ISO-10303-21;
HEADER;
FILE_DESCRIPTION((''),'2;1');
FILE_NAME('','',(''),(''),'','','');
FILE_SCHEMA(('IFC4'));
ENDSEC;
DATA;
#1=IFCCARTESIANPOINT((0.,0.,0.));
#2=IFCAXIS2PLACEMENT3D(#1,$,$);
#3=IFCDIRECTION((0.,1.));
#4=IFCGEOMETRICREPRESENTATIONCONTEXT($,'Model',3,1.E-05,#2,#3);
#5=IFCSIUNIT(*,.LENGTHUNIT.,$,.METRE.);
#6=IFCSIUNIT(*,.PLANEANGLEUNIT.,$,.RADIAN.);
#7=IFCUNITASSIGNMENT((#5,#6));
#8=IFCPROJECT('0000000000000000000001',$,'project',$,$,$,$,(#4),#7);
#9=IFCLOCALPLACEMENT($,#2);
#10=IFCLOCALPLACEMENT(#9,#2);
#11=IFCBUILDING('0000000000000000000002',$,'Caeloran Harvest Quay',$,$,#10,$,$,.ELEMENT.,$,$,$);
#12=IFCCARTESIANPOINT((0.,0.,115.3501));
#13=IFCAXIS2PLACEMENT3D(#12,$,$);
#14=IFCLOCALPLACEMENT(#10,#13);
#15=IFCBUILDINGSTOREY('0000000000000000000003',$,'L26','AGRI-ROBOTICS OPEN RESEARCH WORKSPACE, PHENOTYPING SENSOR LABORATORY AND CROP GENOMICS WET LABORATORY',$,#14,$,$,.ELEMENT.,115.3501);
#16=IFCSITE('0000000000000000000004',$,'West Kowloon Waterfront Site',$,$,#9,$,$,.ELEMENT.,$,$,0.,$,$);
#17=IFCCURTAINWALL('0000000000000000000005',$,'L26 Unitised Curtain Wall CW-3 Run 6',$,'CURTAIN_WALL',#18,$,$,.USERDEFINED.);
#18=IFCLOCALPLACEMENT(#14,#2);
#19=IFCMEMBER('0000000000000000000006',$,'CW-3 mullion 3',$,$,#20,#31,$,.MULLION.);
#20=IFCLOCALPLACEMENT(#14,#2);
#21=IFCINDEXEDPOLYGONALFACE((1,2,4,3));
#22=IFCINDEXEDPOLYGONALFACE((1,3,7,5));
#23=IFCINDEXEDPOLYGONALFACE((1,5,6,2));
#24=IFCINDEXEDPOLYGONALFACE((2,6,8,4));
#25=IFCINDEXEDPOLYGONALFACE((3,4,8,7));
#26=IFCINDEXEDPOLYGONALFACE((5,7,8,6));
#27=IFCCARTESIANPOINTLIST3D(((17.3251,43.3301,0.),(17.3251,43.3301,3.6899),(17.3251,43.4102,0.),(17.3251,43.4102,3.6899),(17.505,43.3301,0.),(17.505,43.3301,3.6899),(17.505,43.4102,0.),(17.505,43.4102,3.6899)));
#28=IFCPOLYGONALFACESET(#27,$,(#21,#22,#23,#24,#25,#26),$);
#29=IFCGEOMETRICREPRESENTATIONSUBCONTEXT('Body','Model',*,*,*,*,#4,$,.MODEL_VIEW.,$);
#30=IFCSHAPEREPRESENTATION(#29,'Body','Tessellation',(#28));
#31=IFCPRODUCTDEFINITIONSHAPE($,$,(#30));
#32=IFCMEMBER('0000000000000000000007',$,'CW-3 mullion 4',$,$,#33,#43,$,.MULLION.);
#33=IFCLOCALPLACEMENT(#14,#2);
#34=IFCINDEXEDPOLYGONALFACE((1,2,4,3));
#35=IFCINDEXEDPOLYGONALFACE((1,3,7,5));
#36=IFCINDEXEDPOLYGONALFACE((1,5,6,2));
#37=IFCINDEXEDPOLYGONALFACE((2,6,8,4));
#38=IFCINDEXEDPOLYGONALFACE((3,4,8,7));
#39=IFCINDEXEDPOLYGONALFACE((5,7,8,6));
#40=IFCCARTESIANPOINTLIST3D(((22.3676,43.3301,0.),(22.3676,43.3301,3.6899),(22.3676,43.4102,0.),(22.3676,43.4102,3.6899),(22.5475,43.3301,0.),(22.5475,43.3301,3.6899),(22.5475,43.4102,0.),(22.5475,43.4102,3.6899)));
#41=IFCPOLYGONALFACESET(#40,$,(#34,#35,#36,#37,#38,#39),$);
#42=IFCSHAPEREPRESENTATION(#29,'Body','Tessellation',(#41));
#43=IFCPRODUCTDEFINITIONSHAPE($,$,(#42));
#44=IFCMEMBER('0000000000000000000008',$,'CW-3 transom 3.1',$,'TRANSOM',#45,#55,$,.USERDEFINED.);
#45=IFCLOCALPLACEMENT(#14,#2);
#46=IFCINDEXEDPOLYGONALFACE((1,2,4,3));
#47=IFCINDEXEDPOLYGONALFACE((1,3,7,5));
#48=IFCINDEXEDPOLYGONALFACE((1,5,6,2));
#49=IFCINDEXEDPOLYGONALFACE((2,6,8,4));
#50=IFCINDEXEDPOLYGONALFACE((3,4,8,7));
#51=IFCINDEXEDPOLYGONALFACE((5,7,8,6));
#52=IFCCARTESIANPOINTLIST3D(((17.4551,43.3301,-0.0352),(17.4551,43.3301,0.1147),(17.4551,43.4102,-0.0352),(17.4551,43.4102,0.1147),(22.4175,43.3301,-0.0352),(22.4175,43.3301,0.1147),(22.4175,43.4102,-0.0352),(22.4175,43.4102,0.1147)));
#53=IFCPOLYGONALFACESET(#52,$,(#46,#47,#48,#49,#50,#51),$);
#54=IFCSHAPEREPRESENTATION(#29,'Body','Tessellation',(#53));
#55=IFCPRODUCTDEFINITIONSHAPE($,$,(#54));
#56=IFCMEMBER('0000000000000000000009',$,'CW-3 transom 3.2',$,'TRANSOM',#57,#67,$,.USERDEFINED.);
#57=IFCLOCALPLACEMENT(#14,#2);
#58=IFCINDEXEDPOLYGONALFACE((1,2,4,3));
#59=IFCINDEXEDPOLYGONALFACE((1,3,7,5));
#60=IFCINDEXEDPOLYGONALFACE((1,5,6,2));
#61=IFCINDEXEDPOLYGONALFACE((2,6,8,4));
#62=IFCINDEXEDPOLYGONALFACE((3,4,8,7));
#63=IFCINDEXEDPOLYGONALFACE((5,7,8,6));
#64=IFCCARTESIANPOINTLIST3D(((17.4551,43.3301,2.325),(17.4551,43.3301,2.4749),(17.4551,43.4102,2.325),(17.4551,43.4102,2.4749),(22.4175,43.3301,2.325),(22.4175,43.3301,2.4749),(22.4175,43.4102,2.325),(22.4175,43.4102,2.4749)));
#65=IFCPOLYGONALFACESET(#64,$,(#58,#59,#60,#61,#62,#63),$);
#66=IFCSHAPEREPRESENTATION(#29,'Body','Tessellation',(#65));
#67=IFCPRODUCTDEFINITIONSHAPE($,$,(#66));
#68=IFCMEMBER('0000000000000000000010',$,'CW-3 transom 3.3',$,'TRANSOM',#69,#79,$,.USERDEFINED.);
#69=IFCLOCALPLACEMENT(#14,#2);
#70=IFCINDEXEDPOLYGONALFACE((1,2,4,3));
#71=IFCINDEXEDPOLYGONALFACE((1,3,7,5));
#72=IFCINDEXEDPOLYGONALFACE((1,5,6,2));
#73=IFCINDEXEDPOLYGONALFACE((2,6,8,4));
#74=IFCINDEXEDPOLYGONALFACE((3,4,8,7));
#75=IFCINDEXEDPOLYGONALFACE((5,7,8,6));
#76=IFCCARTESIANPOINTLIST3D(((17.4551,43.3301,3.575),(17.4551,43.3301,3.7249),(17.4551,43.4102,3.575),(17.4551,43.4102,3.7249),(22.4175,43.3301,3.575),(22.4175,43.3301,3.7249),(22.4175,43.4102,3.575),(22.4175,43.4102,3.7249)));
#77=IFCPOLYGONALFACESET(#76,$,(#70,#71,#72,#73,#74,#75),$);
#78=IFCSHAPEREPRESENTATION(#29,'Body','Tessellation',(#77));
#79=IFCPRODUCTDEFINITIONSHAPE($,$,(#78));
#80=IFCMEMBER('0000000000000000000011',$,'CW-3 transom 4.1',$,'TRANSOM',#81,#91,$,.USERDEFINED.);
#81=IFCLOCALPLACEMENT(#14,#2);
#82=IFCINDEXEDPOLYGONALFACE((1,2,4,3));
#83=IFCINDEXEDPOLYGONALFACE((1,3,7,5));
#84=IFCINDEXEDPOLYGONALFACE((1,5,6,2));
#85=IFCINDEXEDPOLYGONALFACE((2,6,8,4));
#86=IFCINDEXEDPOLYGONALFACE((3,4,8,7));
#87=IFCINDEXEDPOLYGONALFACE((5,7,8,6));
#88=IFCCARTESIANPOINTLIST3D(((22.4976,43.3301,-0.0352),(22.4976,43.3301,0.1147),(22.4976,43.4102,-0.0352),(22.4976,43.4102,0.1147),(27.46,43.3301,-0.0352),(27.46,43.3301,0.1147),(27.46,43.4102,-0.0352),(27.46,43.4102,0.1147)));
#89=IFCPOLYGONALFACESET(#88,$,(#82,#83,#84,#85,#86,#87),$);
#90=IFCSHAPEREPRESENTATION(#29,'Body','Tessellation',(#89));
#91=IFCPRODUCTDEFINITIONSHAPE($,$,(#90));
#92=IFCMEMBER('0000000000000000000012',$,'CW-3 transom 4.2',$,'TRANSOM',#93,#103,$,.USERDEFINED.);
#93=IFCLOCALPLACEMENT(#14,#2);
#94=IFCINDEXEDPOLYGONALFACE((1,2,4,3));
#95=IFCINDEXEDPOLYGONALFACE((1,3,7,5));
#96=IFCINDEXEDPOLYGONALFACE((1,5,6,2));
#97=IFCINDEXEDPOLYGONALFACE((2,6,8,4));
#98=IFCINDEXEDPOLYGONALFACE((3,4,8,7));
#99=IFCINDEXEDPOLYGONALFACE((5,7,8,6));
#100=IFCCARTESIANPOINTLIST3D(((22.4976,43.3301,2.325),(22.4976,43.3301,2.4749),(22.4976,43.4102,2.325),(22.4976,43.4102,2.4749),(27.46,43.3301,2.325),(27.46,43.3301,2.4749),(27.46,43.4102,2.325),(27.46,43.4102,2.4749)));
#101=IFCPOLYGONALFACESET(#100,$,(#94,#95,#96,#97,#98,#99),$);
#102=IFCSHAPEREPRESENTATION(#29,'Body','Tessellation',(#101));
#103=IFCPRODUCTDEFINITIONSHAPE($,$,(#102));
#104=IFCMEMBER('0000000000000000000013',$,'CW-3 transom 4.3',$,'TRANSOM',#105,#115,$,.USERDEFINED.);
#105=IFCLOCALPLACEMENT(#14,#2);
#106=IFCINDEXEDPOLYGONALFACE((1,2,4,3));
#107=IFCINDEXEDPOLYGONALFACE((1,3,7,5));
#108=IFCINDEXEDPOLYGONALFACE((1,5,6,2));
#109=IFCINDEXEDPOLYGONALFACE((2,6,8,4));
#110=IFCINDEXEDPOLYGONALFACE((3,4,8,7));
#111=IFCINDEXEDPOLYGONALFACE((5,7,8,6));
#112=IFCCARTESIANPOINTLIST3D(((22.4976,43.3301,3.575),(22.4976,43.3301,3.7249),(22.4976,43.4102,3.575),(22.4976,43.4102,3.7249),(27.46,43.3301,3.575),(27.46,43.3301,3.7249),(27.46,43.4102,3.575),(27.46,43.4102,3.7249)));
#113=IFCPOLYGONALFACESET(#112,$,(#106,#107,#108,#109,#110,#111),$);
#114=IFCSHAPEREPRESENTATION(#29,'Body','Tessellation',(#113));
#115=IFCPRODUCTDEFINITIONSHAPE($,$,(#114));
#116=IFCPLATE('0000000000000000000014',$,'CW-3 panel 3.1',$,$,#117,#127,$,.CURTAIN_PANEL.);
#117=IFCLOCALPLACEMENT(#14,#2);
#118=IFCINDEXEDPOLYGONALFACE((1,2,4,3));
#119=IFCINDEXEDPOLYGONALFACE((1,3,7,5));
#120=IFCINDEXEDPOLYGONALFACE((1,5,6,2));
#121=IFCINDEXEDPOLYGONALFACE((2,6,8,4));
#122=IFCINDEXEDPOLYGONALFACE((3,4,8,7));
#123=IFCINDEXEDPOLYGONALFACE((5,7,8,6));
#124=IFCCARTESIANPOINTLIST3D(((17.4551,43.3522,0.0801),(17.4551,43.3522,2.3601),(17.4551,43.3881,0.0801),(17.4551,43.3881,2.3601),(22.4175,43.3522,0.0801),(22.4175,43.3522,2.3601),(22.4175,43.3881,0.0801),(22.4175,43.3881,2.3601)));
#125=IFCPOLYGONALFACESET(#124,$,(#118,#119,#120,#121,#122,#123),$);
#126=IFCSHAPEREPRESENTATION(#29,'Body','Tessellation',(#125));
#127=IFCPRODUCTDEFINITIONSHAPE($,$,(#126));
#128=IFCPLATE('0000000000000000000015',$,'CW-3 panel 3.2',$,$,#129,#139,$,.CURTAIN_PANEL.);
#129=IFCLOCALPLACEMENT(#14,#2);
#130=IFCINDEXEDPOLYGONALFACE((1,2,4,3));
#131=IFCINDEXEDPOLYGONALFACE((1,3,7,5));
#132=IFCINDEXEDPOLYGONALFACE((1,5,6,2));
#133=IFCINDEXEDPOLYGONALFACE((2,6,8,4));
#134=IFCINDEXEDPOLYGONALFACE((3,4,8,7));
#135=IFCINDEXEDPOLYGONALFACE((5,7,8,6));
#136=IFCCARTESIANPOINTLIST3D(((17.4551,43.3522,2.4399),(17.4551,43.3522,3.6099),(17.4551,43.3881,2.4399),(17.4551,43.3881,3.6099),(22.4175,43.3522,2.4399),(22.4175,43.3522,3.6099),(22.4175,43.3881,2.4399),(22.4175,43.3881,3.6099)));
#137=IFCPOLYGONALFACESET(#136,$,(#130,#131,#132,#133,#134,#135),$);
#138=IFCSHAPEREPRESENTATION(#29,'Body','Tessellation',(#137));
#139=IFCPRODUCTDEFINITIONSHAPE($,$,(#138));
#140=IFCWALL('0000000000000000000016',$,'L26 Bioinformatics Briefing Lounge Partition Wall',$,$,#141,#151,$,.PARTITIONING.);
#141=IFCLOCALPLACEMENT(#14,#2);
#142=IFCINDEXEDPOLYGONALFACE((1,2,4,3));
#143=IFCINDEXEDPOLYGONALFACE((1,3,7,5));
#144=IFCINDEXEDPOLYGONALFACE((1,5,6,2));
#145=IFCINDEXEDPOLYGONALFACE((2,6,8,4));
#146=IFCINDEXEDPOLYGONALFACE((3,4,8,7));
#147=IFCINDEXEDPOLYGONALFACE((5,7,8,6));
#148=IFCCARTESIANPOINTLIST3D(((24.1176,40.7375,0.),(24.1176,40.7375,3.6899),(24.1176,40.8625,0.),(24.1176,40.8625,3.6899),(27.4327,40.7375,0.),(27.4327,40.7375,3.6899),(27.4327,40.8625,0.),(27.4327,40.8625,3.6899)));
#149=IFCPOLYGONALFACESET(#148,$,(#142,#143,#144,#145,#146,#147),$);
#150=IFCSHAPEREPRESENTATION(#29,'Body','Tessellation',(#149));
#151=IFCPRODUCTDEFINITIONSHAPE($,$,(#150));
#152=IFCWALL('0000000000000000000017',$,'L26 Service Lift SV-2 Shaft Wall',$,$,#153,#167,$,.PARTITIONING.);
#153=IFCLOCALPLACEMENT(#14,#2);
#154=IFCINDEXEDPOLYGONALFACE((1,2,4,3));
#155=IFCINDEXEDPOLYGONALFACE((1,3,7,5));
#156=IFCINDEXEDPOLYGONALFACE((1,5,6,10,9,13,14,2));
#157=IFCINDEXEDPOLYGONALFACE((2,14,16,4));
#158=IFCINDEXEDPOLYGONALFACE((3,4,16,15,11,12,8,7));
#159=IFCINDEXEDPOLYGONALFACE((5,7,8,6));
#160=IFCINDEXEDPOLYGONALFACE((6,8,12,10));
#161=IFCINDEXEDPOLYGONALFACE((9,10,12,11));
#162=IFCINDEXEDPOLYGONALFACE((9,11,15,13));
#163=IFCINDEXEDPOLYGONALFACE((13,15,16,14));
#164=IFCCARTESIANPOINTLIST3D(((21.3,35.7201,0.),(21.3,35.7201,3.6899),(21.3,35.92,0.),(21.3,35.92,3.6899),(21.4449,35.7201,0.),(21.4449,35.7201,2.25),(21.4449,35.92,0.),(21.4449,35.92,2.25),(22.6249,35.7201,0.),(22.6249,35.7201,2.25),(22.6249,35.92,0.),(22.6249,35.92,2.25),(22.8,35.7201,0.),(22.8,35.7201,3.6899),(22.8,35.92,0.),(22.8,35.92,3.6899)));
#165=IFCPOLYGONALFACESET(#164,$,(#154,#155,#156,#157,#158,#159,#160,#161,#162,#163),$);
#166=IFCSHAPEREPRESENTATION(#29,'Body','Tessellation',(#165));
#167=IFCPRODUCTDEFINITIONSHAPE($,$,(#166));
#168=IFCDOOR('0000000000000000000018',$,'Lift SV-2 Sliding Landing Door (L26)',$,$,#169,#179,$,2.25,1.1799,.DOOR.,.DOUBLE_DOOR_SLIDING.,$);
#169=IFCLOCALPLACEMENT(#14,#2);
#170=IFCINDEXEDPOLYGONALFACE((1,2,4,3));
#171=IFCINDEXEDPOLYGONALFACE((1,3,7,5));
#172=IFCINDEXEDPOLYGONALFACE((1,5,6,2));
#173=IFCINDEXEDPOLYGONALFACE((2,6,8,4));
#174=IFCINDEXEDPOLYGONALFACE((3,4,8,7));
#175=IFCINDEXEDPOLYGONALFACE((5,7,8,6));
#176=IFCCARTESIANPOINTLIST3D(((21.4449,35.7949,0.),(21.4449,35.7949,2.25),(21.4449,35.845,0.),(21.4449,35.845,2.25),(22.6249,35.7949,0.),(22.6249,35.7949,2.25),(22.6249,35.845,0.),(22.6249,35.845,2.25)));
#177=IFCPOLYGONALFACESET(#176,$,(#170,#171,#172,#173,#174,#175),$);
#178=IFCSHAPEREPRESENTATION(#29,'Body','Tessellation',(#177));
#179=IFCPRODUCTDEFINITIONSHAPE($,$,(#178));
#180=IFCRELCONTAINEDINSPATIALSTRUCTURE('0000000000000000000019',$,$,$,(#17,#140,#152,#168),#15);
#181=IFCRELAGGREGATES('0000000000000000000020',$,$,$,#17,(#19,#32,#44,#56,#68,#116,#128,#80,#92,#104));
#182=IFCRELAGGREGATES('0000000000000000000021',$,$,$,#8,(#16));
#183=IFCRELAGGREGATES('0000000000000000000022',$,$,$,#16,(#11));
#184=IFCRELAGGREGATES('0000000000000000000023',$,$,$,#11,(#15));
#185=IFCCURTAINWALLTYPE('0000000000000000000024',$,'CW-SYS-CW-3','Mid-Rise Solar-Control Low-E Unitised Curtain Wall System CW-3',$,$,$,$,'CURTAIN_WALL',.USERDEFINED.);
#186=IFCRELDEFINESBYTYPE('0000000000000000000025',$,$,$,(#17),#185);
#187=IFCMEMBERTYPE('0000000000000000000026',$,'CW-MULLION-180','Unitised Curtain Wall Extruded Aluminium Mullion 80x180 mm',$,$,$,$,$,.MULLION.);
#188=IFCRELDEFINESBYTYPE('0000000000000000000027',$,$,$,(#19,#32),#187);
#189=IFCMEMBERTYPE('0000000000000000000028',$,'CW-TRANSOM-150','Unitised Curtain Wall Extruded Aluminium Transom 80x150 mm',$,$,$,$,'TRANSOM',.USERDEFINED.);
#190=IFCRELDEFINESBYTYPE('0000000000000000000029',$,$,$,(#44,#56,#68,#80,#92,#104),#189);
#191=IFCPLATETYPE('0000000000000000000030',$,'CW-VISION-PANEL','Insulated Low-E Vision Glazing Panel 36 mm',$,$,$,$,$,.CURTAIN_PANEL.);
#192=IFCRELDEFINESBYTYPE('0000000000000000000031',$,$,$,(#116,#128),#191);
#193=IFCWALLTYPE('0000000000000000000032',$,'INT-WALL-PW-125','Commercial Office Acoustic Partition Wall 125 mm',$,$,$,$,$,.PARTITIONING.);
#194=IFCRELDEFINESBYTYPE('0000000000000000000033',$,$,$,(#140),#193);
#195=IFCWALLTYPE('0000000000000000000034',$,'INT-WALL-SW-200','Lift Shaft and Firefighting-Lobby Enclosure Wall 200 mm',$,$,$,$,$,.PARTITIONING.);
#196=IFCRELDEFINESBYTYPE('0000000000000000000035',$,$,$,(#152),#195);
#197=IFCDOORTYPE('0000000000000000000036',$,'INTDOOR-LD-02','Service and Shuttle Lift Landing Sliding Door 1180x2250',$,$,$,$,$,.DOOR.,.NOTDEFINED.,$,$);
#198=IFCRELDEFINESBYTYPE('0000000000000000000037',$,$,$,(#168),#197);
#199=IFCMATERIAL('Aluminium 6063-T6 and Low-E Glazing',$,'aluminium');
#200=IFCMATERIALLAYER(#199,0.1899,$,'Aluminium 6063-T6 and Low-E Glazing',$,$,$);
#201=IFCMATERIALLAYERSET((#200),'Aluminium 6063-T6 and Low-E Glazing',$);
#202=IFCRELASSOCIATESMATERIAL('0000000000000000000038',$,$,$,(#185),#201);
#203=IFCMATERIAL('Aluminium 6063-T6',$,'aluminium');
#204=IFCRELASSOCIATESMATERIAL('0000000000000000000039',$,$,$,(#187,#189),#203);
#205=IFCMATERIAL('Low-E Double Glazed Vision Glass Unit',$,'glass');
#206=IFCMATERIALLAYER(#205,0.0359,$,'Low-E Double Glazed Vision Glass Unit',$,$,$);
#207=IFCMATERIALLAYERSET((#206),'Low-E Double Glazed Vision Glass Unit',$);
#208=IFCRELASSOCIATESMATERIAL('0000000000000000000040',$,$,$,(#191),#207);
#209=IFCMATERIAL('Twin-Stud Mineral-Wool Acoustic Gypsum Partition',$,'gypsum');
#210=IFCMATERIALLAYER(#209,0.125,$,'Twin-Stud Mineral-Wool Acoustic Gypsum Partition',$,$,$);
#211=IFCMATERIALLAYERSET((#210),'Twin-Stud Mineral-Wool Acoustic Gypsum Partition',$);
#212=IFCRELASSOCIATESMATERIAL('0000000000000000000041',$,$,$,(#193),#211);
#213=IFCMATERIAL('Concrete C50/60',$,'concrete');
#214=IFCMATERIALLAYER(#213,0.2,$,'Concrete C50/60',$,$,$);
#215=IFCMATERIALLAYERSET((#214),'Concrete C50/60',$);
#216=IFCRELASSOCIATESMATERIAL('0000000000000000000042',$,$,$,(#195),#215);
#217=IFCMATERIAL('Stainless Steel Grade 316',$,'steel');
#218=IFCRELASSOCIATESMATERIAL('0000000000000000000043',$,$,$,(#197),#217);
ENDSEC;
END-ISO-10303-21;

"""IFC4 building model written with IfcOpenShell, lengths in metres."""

from ifc_helpers import new_model, si_unit, direction, frame, frame_2d, origin, origin_2d, place, context, subcontext, project, spatial, rectangle, extrude, material, layer, layer_set, material_profile, profile_set, type_object, element, fill, aggregate, save


model = new_model("IFC4")

# Units and contexts
model_context = context("Model", 3, precision=1e-05, world=origin(), true_north=direction((0.0, 1.0)))
body_context = subcontext(model_context, "Body", "Model", "MODEL_VIEW")
ifc_project = project(units=[si_unit("LENGTHUNIT", "METRE"), si_unit("PLANEANGLEUNIT", "RADIAN")], contexts=[model_context])

# Site, building, storey
site_placement = place(None, origin())
site = spatial("IfcSite", under=ifc_project, at=site_placement, Name="West Kowloon Waterfront Site", CompositionType="ELEMENT", RefElevation=0.0)
building_placement = place(site_placement, origin())
building = spatial("IfcBuilding", under=site, at=building_placement, Name="Caeloran Harvest Quay", CompositionType="ELEMENT")
storey_placement = place(building_placement, frame((0.0, 0.0, 115.3501)))
storey = spatial("IfcBuildingStorey", under=building, at=storey_placement, Name="L26", Description="AGRI-ROBOTICS OPEN RESEARCH WORKSPACE, PHENOTYPING SENSOR LABORATORY AND CROP GENOMICS WET LABORATORY", CompositionType="ELEMENT", Elevation=115.3501)

# Curtain wall, members, plates
ifc_material_1 = material(Name="Aluminium 6063-T6 and Low-E Glazing", Category="aluminium")
ifc_layer_1 = layer(ifc_material_1, 0.1899, Name="Aluminium 6063-T6 and Low-E Glazing")
ifc_layer_set_1 = layer_set([ifc_layer_1], Name="Aluminium 6063-T6 and Low-E Glazing")
curtain_wall_type = type_object("IfcCurtainWallType", Name="CW-SYS-CW-3", Description="Mid-Rise Solar-Control Low-E Unitised Curtain Wall System CW-3", ElementType="CURTAIN_WALL", PredefinedType="USERDEFINED", material=ifc_layer_set_1)
curtain_wall_placement = place(storey_placement, origin())
curtain_wall = element("IfcCurtainWall", 1, at=curtain_wall_placement, inside=storey, type_object=curtain_wall_type, Name="L26 Unitised Curtain Wall CW-3 Run 6", ObjectType="CURTAIN_WALL", PredefinedType="USERDEFINED")
ifc_material_2 = material(Name="Aluminium 6063-T6", Category="aluminium")
ifc_material_profile_1 = material_profile(ifc_material_2, rectangle(XDim=0.0801, YDim=0.1799, at=origin_2d()), Name="CW-MULLION-180")
ifc_profile_set_1 = profile_set([ifc_material_profile_1], Name="Aluminium 6063-T6")
member_type_1 = type_object("IfcMemberType", Name="CW-MULLION-180", Description="Unitised Curtain Wall Extruded Aluminium Mullion 80x180 mm", PredefinedType="MULLION", material=ifc_profile_set_1)
member_1_placement = place(storey_placement, frame((17.415, 43.3701, 0.0), z_axis=(0.0, 0.0, 1.0), x_axis=(0.0, 1.0, 0.0)))
member_1 = element("IfcMember", 2, at=member_1_placement, type_object=member_type_1, Name="CW-3 mullion 3", PredefinedType="MULLION", context=body_context, shape_type="SweptSolid", body=[
    extrude(rectangle(XDim=0.0801, YDim=0.1799, at=origin_2d()), origin(), (0.0, 0.0, 1.0), 3.6899),
])
member_2_placement = place(storey_placement, frame((22.4575, 43.3701, 0.0), z_axis=(0.0, 0.0, 1.0), x_axis=(0.0, 1.0, 0.0)))
member_2 = element("IfcMember", 3, at=member_2_placement, type_object=member_type_1, Name="CW-3 mullion 4", PredefinedType="MULLION", context=body_context, shape_type="SweptSolid", body=[
    extrude(rectangle(XDim=0.0801, YDim=0.1799, at=origin_2d()), origin(), (0.0, 0.0, 1.0), 3.6899),
])
ifc_material_profile_2 = material_profile(ifc_material_2, rectangle(XDim=0.0801, YDim=0.1499, at=origin_2d()), Name="CW-TRANSOM-150")
ifc_profile_set_2 = profile_set([ifc_material_profile_2], Name="Aluminium 6063-T6")
member_type_2 = type_object("IfcMemberType", Name="CW-TRANSOM-150", Description="Unitised Curtain Wall Extruded Aluminium Transom 80x150 mm", ElementType="TRANSOM", PredefinedType="USERDEFINED", material=ifc_profile_set_2)
member_3_placement = place(storey_placement, frame((17.4551, 43.3701, 0.0398), z_axis=(1.0, 0.0, 0.0), x_axis=(0.0, 1.0, 0.0)))
member_3 = element("IfcMember", 4, at=member_3_placement, type_object=member_type_2, Name="CW-3 transom 3.1", ObjectType="TRANSOM", PredefinedType="USERDEFINED", context=body_context, shape_type="SweptSolid", body=[
    extrude(rectangle(XDim=0.0801, YDim=0.1499, at=origin_2d()), origin(), (0.0, 0.0, 1.0), 4.9624),
])
member_4_placement = place(storey_placement, frame((17.4551, 43.3701, 2.3999), z_axis=(1.0, 0.0, 0.0), x_axis=(0.0, 1.0, 0.0)))
member_4 = element("IfcMember", 5, at=member_4_placement, type_object=member_type_2, Name="CW-3 transom 3.2", ObjectType="TRANSOM", PredefinedType="USERDEFINED", context=body_context, shape_type="SweptSolid", body=[
    extrude(rectangle(XDim=0.0801, YDim=0.1499, at=origin_2d()), origin(), (0.0, 0.0, 1.0), 4.9624),
])
member_5_placement = place(storey_placement, frame((17.4551, 43.3701, 3.6499), z_axis=(1.0, 0.0, 0.0), x_axis=(0.0, 1.0, 0.0)))
member_5 = element("IfcMember", 6, at=member_5_placement, type_object=member_type_2, Name="CW-3 transom 3.3", ObjectType="TRANSOM", PredefinedType="USERDEFINED", context=body_context, shape_type="SweptSolid", body=[
    extrude(rectangle(XDim=0.0801, YDim=0.1499, at=origin_2d()), origin(), (0.0, 0.0, 1.0), 4.9624),
])
member_6_placement = place(storey_placement, frame((22.4976, 43.3701, 0.0398), z_axis=(1.0, 0.0, 0.0), x_axis=(0.0, 1.0, 0.0)))
member_6 = element("IfcMember", 7, at=member_6_placement, type_object=member_type_2, Name="CW-3 transom 4.1", ObjectType="TRANSOM", PredefinedType="USERDEFINED", context=body_context, shape_type="SweptSolid", body=[
    extrude(rectangle(XDim=0.0801, YDim=0.1499, at=origin_2d()), origin(), (0.0, 0.0, 1.0), 4.9624),
])
member_7_placement = place(storey_placement, frame((22.4976, 43.3701, 2.3999), z_axis=(1.0, 0.0, 0.0), x_axis=(0.0, 1.0, 0.0)))
member_7 = element("IfcMember", 8, at=member_7_placement, type_object=member_type_2, Name="CW-3 transom 4.2", ObjectType="TRANSOM", PredefinedType="USERDEFINED", context=body_context, shape_type="SweptSolid", body=[
    extrude(rectangle(XDim=0.0801, YDim=0.1499, at=origin_2d()), origin(), (0.0, 0.0, 1.0), 4.9624),
])
member_8_placement = place(storey_placement, frame((22.4976, 43.3701, 3.6499), z_axis=(1.0, 0.0, 0.0), x_axis=(0.0, 1.0, 0.0)))
member_8 = element("IfcMember", 9, at=member_8_placement, type_object=member_type_2, Name="CW-3 transom 4.3", ObjectType="TRANSOM", PredefinedType="USERDEFINED", context=body_context, shape_type="SweptSolid", body=[
    extrude(rectangle(XDim=0.0801, YDim=0.1499, at=origin_2d()), origin(), (0.0, 0.0, 1.0), 4.9624),
])
ifc_material_3 = material(Name="Low-E Double Glazed Vision Glass Unit", Category="glass")
ifc_layer_2 = layer(ifc_material_3, 0.0359, Name="Low-E Double Glazed Vision Glass Unit")
ifc_layer_set_2 = layer_set([ifc_layer_2], Name="Low-E Double Glazed Vision Glass Unit")
plate_type = type_object("IfcPlateType", Name="CW-VISION-PANEL", Description="Insulated Low-E Vision Glazing Panel 36 mm", PredefinedType="CURTAIN_PANEL", material=ifc_layer_set_2)
plate_1_placement = place(storey_placement, frame((19.9363, 43.3701, 0.0801), z_axis=(0.0, 0.0, 1.0), x_axis=(1.0, 0.0, 0.0)))
plate_1 = element("IfcPlate", 10, at=plate_1_placement, type_object=plate_type, Name="CW-3 panel 3.1", PredefinedType="CURTAIN_PANEL", context=body_context, shape_type="SweptSolid", body=[
    extrude(rectangle(XDim=4.9624, YDim=0.0359, at=origin_2d()), origin(), (0.0, 0.0, 1.0), 2.28),
])
plate_2_placement = place(storey_placement, frame((19.9363, 43.3701, 2.4399), z_axis=(0.0, 0.0, 1.0), x_axis=(1.0, 0.0, 0.0)))
plate_2 = element("IfcPlate", 11, at=plate_2_placement, type_object=plate_type, Name="CW-3 panel 3.2", PredefinedType="CURTAIN_PANEL", context=body_context, shape_type="SweptSolid", body=[
    extrude(rectangle(XDim=4.9624, YDim=0.0359, at=origin_2d()), origin(), (0.0, 0.0, 1.0), 1.1699),
])
aggregate(curtain_wall, [member_1, member_2, member_3, member_4, member_5, plate_1, plate_2, member_6, member_7, member_8])

# Wall
ifc_material_4 = material(Name="Twin-Stud Mineral-Wool Acoustic Gypsum Partition", Category="gypsum")
ifc_layer_3 = layer(ifc_material_4, 0.125, Name="Twin-Stud Mineral-Wool Acoustic Gypsum Partition")
ifc_layer_set_3 = layer_set([ifc_layer_3], Name="Twin-Stud Mineral-Wool Acoustic Gypsum Partition")
wall_type_1 = type_object("IfcWallType", Name="INT-WALL-PW-125", Description="Commercial Office Acoustic Partition Wall 125 mm", PredefinedType="PARTITIONING", material=ifc_layer_set_3)
wall_1_placement = place(storey_placement, frame((24.1174, 40.8, 0.0), z_axis=(0.0, 0.0, 1.0), x_axis=(1.0, 0.0, 0.0)))
element("IfcWall", 12, at=wall_1_placement, inside=storey, type_object=wall_type_1, Name="L26 Bioinformatics Briefing Lounge Partition Wall", PredefinedType="PARTITIONING", context=body_context, shape_type="SweptSolid", body=[
    extrude(rectangle(XDim=3.3152, YDim=0.125, at=frame_2d((1.6577, 0.0))), origin(), (0.0, 0.0, 1.0), 3.6899),
])

# Wall, opening, door
ifc_material_5 = material(Name="Concrete C50/60", Category="concrete")
ifc_layer_4 = layer(ifc_material_5, 0.2, Name="Concrete C50/60")
ifc_layer_set_4 = layer_set([ifc_layer_4], Name="Concrete C50/60")
wall_type_2 = type_object("IfcWallType", Name="INT-WALL-SW-200", Description="Lift Shaft and Firefighting-Lobby Enclosure Wall 200 mm", PredefinedType="PARTITIONING", material=ifc_layer_set_4)
wall_2_placement = place(storey_placement, frame((21.3, 35.8201, 0.0), z_axis=(0.0, 0.0, 1.0), x_axis=(1.0, 0.0, 0.0)))
wall_2 = element("IfcWall", 13, at=wall_2_placement, inside=storey, type_object=wall_type_2, Name="L26 Service Lift SV-2 Shaft Wall", PredefinedType="PARTITIONING", context=body_context, shape_type="SweptSolid", body=[
    extrude(rectangle(XDim=1.5, YDim=0.2, at=frame_2d((0.75, 0.0))), origin(), (0.0, 0.0, 1.0), 3.6899),
])
opening_placement = place(wall_2_placement, frame((0.145, 0.0, 0.0)))
opening = element("IfcOpeningElement", 14, at=opening_placement, cuts=wall_2, PredefinedType="OPENING", context=body_context, shape_type="SweptSolid", body=[
    extrude(rectangle(XDim=1.1799, YDim=2.25, at=frame_2d((0.5898, 1.125))), frame((0.0, 0.1099, 0.0), z_axis=(0.0, -1.0, 0.0), x_axis=(1.0, 0.0, 0.0)), (0.0, 0.0, 1.0), 0.22),
])
ifc_material_6 = material(Name="Stainless Steel Grade 316", Category="steel")
door_type = type_object("IfcDoorType", Name="INTDOOR-LD-02", Description="Service and Shuttle Lift Landing Sliding Door 1180x2250", OperationType="NOTDEFINED", PredefinedType="DOOR", material=ifc_material_6)
door_placement = place(opening_placement, origin())
door = element("IfcDoor", 15, at=door_placement, inside=storey, type_object=door_type, Name="Lift SV-2 Sliding Landing Door (L26)", OperationType="DOUBLE_DOOR_SLIDING", OverallHeight=2.25, OverallWidth=1.1799, PredefinedType="DOOR", context=body_context, shape_type="SweptSolid", body=[
    extrude(rectangle(XDim=1.1799, YDim=2.25, at=frame_2d((0.5898, 1.125))), frame((0.0, 0.0249, 0.0), z_axis=(0.0, -1.0, 0.0), x_axis=(1.0, 0.0, 0.0)), (0.0, 0.0, 1.0), 0.05),
])
fill(opening, door)

save(model, "model.ifc")
